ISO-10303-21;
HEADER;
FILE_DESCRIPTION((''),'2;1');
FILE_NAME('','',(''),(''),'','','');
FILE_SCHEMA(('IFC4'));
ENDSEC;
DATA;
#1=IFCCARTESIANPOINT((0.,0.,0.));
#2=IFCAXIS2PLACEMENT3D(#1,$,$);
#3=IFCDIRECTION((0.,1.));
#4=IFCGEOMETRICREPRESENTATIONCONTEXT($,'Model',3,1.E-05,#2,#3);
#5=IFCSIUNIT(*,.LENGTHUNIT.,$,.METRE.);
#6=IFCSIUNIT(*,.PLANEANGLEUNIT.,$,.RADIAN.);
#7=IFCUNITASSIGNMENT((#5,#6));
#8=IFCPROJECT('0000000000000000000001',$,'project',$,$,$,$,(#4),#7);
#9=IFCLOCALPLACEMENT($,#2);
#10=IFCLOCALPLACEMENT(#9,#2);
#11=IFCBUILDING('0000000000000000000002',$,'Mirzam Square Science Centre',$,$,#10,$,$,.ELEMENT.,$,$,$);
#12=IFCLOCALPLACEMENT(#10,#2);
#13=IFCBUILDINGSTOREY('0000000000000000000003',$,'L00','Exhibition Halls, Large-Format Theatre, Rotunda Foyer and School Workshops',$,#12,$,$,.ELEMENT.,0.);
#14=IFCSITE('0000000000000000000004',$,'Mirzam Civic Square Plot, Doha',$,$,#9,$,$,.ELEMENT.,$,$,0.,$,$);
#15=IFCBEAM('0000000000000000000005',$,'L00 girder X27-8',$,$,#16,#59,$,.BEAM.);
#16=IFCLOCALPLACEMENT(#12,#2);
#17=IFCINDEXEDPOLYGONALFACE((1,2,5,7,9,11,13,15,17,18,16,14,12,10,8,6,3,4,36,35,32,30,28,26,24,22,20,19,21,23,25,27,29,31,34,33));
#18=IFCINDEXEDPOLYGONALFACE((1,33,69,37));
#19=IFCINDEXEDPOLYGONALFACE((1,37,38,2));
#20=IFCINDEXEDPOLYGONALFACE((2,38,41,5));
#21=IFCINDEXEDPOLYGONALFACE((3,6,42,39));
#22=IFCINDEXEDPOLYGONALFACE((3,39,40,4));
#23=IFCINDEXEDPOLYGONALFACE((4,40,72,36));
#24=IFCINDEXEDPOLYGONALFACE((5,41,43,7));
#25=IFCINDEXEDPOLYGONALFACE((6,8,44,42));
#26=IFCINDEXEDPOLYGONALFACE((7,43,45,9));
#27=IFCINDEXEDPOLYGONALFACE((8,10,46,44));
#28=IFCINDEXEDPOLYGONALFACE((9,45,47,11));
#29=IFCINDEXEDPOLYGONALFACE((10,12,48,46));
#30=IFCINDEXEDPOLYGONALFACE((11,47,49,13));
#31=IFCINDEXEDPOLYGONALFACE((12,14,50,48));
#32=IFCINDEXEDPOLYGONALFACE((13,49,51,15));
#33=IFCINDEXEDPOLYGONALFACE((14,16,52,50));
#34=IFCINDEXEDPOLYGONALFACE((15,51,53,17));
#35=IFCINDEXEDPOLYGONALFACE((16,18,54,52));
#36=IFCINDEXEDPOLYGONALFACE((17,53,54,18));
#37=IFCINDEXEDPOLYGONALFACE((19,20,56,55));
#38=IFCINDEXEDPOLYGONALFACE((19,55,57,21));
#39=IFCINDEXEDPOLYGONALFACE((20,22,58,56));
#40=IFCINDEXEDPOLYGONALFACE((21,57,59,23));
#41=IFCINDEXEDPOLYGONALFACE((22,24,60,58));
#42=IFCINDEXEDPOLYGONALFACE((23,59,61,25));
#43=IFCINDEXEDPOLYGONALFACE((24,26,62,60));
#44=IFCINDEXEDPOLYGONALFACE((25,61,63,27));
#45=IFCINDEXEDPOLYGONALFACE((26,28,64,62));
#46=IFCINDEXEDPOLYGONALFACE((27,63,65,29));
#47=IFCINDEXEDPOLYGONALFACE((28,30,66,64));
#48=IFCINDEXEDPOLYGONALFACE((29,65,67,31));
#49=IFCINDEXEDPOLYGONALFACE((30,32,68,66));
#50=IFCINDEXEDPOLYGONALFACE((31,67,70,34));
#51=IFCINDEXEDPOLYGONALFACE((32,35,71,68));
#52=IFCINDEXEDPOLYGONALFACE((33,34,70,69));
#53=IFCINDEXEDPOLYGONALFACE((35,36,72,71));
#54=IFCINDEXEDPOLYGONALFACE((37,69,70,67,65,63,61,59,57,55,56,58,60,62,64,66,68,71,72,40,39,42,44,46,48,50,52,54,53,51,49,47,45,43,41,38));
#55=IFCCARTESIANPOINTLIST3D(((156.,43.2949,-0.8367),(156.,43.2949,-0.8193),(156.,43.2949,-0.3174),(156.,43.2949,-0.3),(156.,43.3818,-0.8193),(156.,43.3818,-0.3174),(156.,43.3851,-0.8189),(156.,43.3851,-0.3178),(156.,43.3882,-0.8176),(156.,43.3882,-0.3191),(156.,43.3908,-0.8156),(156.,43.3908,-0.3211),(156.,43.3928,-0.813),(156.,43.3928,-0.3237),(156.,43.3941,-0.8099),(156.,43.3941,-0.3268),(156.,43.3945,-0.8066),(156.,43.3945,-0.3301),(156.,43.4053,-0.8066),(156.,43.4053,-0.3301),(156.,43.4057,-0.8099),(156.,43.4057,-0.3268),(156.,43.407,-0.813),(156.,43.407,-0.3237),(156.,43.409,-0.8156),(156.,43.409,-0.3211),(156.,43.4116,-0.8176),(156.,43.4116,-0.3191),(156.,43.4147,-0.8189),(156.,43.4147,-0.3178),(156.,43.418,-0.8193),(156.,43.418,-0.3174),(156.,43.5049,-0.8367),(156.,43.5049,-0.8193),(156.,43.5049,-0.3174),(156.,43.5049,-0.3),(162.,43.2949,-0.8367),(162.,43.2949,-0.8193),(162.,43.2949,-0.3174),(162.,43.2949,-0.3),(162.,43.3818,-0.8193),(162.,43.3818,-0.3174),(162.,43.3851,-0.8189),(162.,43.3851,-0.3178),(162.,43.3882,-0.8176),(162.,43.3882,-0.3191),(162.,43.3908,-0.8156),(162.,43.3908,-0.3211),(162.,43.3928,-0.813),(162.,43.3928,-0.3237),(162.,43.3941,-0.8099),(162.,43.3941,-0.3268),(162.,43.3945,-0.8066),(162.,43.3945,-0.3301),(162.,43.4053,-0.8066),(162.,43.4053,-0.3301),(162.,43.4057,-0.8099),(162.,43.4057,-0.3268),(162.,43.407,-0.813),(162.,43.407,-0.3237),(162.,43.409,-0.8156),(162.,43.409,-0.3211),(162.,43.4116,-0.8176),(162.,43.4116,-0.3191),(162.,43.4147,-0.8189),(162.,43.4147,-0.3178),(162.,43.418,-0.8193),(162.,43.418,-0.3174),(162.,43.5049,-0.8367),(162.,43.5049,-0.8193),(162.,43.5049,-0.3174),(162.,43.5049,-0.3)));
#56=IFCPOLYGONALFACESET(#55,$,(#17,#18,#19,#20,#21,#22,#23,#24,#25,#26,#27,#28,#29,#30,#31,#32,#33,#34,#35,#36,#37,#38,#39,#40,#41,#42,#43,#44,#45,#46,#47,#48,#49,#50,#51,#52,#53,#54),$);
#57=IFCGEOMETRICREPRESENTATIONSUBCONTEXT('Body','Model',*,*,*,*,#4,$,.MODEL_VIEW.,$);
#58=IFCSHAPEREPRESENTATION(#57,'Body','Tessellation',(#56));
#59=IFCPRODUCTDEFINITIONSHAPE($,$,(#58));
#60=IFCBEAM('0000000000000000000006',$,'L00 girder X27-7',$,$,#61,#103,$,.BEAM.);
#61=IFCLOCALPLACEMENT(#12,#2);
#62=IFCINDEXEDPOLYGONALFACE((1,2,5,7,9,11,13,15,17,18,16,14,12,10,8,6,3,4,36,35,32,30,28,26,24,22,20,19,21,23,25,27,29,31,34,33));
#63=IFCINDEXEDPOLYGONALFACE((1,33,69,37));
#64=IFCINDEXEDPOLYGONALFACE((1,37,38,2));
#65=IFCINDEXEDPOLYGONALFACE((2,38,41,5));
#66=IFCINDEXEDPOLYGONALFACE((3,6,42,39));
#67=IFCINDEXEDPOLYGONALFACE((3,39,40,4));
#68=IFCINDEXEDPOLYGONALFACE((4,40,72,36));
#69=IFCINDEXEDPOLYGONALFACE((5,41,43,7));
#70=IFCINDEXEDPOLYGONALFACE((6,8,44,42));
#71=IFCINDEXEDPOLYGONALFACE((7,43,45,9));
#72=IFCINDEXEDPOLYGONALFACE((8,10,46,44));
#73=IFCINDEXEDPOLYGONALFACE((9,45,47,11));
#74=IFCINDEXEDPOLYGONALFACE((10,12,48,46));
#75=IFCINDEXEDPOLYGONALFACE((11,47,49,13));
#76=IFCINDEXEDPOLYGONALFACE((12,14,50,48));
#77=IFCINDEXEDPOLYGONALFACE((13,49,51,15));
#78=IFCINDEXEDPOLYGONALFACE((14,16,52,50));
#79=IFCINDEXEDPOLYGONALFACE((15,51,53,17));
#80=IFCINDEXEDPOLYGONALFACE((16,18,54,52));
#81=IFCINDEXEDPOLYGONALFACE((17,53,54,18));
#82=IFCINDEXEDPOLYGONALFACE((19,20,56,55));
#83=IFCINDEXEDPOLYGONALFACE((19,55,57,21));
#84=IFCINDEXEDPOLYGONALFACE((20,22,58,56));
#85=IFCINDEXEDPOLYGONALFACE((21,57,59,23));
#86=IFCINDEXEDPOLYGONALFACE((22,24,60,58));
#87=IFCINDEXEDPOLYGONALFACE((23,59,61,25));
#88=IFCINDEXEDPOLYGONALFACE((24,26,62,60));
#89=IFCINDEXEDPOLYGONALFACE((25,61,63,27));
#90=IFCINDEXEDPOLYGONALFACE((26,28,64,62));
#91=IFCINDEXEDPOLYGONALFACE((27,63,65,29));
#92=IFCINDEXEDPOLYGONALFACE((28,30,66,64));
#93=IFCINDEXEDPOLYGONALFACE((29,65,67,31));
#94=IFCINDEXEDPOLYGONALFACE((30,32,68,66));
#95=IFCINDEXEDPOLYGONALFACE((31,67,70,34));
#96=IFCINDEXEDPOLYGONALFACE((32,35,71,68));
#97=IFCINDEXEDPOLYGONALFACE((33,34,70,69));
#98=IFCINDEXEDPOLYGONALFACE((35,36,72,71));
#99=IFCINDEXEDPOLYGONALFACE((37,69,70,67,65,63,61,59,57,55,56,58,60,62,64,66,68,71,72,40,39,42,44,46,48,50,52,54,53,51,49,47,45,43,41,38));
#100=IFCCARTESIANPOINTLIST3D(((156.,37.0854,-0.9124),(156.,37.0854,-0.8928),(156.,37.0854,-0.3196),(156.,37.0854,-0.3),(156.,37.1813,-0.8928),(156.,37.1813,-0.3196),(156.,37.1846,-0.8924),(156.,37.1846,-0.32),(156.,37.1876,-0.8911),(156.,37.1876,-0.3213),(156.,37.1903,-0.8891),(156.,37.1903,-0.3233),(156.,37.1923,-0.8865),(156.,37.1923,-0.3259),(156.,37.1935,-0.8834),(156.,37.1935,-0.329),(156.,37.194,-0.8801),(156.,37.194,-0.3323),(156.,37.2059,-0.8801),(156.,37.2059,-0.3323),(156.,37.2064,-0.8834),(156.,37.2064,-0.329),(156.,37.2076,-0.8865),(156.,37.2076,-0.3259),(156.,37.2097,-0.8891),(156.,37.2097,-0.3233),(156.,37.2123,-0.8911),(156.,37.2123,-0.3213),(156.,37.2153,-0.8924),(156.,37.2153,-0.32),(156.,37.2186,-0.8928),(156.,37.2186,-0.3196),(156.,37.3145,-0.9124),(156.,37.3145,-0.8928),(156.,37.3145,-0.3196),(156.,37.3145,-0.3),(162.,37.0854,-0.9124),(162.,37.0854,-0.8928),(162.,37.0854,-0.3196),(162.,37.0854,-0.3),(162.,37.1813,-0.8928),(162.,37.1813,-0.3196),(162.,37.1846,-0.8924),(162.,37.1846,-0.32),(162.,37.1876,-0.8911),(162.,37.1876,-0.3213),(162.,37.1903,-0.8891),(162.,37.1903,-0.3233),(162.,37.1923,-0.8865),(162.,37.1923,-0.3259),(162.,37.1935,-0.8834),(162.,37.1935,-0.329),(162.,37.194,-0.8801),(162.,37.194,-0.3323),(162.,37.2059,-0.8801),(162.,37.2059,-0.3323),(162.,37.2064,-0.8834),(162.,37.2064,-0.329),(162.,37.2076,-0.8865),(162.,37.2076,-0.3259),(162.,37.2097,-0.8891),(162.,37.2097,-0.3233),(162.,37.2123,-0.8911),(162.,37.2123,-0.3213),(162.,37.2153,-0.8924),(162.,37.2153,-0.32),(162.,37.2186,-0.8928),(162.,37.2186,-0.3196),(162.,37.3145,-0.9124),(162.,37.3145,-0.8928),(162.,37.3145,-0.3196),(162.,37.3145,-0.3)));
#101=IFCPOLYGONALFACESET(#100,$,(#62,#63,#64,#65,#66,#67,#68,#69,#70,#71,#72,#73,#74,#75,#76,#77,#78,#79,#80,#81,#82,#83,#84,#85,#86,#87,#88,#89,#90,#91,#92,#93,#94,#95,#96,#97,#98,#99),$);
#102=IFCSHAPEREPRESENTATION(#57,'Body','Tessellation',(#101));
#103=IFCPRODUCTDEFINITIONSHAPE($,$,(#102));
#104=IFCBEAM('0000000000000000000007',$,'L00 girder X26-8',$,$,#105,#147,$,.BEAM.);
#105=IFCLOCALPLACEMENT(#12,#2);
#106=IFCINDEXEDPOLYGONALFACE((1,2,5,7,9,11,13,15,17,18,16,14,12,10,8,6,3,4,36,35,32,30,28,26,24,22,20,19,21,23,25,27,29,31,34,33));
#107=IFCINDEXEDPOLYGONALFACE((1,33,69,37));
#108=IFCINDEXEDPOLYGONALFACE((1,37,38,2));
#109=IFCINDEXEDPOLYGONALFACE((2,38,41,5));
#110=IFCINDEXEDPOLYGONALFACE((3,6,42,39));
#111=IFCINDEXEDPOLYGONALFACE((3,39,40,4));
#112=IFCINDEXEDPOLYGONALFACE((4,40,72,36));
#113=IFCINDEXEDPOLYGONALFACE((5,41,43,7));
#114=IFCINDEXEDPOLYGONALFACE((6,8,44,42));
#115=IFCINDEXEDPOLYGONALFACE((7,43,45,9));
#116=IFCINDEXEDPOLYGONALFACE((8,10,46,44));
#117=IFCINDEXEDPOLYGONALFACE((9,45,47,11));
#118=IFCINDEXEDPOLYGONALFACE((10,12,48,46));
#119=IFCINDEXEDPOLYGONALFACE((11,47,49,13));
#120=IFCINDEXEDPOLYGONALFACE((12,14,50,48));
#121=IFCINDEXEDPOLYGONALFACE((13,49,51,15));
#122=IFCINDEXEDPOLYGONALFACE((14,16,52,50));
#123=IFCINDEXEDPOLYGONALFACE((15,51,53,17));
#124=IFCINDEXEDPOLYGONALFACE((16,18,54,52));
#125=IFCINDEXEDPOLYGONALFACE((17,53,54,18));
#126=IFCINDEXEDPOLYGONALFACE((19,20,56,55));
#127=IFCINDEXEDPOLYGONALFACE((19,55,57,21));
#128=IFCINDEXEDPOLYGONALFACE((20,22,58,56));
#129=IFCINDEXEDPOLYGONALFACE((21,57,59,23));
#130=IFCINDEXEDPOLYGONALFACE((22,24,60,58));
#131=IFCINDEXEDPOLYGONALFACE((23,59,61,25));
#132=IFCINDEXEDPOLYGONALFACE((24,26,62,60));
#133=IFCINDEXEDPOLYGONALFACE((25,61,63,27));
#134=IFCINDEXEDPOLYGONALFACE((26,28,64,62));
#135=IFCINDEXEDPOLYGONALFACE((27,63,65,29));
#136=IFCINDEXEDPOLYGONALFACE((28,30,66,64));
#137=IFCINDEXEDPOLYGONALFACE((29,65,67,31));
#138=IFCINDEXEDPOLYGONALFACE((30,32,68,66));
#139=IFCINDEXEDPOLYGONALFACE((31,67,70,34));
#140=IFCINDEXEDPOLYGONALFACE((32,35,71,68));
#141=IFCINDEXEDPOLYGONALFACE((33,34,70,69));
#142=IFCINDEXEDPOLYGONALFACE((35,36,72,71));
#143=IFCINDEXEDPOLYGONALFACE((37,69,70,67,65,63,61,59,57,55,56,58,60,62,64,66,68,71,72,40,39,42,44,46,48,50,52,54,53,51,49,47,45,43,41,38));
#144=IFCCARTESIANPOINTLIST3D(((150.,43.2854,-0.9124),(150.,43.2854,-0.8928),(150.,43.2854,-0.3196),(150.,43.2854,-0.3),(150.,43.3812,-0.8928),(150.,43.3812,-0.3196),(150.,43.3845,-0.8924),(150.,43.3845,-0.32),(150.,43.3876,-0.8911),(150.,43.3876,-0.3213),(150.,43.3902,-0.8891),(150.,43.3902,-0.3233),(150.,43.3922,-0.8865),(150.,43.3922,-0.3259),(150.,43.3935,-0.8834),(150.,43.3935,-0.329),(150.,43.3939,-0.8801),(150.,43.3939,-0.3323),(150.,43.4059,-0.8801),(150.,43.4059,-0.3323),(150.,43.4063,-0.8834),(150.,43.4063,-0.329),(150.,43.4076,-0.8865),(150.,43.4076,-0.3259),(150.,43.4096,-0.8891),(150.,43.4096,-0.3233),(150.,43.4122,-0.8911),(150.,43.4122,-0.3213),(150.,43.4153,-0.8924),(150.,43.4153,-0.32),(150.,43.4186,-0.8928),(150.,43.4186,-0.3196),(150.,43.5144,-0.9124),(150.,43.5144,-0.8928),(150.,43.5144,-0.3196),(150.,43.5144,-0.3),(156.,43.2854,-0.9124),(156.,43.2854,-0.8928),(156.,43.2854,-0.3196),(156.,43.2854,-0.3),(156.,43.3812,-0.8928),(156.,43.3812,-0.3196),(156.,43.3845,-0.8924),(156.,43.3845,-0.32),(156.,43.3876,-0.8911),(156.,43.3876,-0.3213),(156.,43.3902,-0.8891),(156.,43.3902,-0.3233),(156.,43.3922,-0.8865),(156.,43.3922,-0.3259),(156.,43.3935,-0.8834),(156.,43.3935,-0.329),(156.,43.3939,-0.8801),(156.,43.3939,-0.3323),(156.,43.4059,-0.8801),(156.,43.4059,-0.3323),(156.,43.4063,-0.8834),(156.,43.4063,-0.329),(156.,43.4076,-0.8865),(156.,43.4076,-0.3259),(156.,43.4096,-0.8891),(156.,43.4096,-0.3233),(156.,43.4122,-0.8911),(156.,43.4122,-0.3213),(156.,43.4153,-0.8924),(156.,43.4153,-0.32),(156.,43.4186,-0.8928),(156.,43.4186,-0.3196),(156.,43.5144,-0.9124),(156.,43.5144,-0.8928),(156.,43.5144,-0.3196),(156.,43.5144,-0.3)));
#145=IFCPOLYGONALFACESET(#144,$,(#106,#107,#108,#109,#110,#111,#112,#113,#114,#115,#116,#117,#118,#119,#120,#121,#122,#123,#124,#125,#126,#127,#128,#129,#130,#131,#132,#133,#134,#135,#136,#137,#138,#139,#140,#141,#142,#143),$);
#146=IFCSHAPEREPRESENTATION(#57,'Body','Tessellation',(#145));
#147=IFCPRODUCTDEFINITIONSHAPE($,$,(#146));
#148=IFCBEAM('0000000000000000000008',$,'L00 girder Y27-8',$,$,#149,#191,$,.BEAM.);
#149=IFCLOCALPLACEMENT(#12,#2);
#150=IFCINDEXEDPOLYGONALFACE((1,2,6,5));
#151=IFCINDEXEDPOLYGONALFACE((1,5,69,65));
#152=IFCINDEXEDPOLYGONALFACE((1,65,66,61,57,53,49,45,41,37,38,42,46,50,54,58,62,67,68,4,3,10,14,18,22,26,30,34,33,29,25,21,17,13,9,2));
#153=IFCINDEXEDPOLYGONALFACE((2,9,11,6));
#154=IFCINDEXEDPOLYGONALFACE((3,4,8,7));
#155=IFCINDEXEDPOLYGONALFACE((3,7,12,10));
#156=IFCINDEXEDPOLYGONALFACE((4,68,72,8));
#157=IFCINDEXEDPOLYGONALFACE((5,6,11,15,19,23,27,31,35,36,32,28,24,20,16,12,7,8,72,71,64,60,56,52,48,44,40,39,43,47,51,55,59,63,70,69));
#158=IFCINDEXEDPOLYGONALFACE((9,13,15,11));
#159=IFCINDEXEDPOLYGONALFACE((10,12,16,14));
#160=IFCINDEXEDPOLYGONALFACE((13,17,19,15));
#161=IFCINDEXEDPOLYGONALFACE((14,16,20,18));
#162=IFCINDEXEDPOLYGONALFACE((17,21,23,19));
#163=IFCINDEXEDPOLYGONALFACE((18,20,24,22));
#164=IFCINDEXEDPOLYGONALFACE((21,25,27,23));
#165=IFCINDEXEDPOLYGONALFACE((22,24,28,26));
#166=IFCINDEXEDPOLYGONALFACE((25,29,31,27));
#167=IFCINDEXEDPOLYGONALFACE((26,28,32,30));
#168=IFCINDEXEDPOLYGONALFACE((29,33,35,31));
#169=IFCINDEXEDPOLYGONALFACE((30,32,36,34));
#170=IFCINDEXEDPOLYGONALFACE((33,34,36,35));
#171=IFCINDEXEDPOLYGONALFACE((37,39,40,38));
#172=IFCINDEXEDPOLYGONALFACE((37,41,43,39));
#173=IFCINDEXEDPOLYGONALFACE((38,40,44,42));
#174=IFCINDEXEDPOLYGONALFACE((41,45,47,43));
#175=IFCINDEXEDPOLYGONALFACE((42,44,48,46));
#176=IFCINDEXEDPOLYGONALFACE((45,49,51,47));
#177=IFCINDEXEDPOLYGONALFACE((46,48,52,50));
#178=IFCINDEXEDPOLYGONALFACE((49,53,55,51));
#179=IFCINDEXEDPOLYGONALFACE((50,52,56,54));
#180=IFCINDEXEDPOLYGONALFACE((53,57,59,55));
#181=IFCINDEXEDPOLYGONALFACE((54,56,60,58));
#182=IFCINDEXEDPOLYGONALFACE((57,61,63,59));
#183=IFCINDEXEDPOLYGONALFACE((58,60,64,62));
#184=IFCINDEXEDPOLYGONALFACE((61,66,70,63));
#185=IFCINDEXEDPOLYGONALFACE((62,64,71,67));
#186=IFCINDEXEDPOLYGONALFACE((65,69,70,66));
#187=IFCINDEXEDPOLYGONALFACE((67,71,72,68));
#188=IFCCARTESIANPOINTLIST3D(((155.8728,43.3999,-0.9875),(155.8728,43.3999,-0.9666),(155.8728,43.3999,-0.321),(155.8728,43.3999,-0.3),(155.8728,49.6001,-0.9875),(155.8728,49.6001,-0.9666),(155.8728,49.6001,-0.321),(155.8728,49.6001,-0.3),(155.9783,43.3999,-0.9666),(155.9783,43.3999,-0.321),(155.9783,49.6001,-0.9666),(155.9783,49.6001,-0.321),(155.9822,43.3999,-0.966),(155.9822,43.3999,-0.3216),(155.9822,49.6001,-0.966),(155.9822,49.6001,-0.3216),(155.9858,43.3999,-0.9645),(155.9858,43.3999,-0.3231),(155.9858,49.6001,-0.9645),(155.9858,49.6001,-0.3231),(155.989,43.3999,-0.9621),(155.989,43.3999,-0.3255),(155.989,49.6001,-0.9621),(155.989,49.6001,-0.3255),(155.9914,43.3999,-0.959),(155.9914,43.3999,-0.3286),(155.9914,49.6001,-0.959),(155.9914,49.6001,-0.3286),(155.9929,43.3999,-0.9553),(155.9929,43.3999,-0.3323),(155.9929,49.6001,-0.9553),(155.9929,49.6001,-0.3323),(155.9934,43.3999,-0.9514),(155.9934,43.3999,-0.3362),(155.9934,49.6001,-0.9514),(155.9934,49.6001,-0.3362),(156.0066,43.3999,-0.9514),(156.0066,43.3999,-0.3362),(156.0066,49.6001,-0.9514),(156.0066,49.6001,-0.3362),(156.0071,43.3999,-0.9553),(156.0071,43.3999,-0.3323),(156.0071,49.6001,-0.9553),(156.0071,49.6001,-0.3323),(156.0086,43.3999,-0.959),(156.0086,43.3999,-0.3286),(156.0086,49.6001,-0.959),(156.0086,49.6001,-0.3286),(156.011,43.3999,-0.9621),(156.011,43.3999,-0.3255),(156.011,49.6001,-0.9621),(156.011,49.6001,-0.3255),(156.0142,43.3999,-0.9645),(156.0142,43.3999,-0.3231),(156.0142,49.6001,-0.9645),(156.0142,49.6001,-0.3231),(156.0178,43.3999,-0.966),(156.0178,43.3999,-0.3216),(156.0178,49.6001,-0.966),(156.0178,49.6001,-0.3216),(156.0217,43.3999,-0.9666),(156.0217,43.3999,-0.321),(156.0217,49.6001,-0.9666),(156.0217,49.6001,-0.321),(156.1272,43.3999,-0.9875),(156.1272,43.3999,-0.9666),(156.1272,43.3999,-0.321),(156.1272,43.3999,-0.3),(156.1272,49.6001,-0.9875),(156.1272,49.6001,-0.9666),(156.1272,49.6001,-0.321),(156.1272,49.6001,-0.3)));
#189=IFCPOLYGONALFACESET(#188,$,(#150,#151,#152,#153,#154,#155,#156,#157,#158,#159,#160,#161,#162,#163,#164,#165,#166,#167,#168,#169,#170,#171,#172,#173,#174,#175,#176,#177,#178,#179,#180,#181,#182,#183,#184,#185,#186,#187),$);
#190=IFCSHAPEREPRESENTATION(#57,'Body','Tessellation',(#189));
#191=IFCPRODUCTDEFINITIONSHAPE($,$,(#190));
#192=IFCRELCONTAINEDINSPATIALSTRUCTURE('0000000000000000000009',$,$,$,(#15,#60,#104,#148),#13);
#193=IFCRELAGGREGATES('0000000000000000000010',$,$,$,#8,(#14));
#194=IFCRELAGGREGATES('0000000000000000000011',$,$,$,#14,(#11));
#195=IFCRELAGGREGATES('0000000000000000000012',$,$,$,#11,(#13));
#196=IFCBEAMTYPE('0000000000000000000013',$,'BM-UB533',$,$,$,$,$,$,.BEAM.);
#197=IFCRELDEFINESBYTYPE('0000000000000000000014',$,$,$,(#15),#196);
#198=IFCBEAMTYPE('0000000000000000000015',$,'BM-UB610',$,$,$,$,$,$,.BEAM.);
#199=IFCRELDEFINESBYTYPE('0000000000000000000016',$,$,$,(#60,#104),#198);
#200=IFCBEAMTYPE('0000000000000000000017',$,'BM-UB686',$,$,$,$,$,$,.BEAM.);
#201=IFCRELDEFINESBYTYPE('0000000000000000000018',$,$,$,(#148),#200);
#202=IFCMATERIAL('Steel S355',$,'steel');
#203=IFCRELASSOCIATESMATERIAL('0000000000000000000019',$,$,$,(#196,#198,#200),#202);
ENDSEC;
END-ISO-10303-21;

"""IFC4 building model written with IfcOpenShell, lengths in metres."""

from ifc_helpers import new_model, si_unit, direction, frame, origin, origin_2d, place, context, subcontext, project, spatial, i_section, extrude, material, material_profile, profile_set, type_object, element, save


model = new_model("IFC4")

# Units and contexts
model_context = context("Model", 3, precision=1e-05, world=origin(), true_north=direction((0.0, 1.0)))
body_context = subcontext(model_context, "Body", "Model", "MODEL_VIEW")
ifc_project = project(units=[si_unit("LENGTHUNIT", "METRE"), si_unit("PLANEANGLEUNIT", "RADIAN")], contexts=[model_context])

# Site, building, storey
site_placement = place(None, origin())
site = spatial("IfcSite", under=ifc_project, at=site_placement, Name="Mirzam Civic Square Plot, Doha", CompositionType="ELEMENT", RefElevation=0.0)
building_placement = place(site_placement, origin())
building = spatial("IfcBuilding", under=site, at=building_placement, Name="Mirzam Square Science Centre", CompositionType="ELEMENT")
storey_placement = place(building_placement, origin())
storey = spatial("IfcBuildingStorey", under=building, at=storey_placement, Name="L00", Description="Exhibition Halls, Large-Format Theatre, Rotunda Foyer and School Workshops", CompositionType="ELEMENT", Elevation=0.0)

# Shared definitions
ifc_material_1 = material(Name="Steel S355", Category="steel")

# Beams
ifc_material_profile_1 = material_profile(ifc_material_1, i_section(OverallWidth=0.21, OverallDepth=0.5366, WebThickness=0.0107, FlangeThickness=0.0173, FilletRadius=0.0127, at=origin_2d()), Name="533x210x101UB")
ifc_profile_set_1 = profile_set([ifc_material_profile_1], Name="Steel S355")
beam_type_1 = type_object("IfcBeamType", Name="BM-UB533", PredefinedType="BEAM", material=ifc_profile_set_1)
beam_1_placement = place(storey_placement, frame((156.0, 43.3999, -0.5684), z_axis=(1.0, 0.0, 0.0), x_axis=(0.0, 1.0, 0.0)))
element("IfcBeam", 1, at=beam_1_placement, inside=storey, type_object=beam_type_1, Name="L00 girder X27-8", PredefinedType="BEAM", context=body_context, shape_type="SweptSolid", body=[
    extrude(i_section(OverallWidth=0.21, OverallDepth=0.5366, WebThickness=0.0107, FlangeThickness=0.0173, FilletRadius=0.0127, at=origin_2d()), origin(), (0.0, 0.0, 1.0), 6.0),
])
ifc_material_profile_2 = material_profile(ifc_material_1, i_section(OverallWidth=0.229, OverallDepth=0.6123, WebThickness=0.012, FlangeThickness=0.0195, FilletRadius=0.0127, at=origin_2d()), Name="610x229x125UB")
ifc_profile_set_2 = profile_set([ifc_material_profile_2], Name="Steel S355")
beam_type_2 = type_object("IfcBeamType", Name="BM-UB610", PredefinedType="BEAM", material=ifc_profile_set_2)
for number, where, z_axis, x_axis, name in (
    (2, (156.0, 37.2, -0.6062), (1.0, 0.0, 0.0), (0.0, 1.0, 0.0), "L00 girder X27-7"),
    (3, (150.0, 43.3999, -0.6062), (1.0, 0.0, 0.0), (0.0, 1.0, 0.0), "L00 girder X26-8"),
):
    element("IfcBeam", number, at=place(storey_placement, frame(where, z_axis=z_axis, x_axis=x_axis)), inside=storey, type_object=beam_type_2, Name=name, PredefinedType="BEAM", context=body_context, shape_type="SweptSolid", body=[
        extrude(i_section(OverallWidth=0.229, OverallDepth=0.6123, WebThickness=0.012, FlangeThickness=0.0195, FilletRadius=0.0127, at=origin_2d()), origin(), (0.0, 0.0, 1.0), 6.0),
    ])
ifc_material_profile_3 = material_profile(ifc_material_1, i_section(OverallWidth=0.2544, OverallDepth=0.6875, WebThickness=0.0132, FlangeThickness=0.021, FilletRadius=0.0151, at=origin_2d()), Name="686x254x152UB")
ifc_profile_set_3 = profile_set([ifc_material_profile_3], Name="Steel S355")
beam_type_3 = type_object("IfcBeamType", Name="BM-UB686", PredefinedType="BEAM", material=ifc_profile_set_3)
beam_2_placement = place(storey_placement, frame((156.0, 43.3999, -0.6438), z_axis=(0.0, 1.0, 0.0), x_axis=(-1.0, 0.0, 0.0)))
element("IfcBeam", 4, at=beam_2_placement, inside=storey, type_object=beam_type_3, Name="L00 girder Y27-8", PredefinedType="BEAM", context=body_context, shape_type="SweptSolid", body=[
    extrude(i_section(OverallWidth=0.2544, OverallDepth=0.6875, WebThickness=0.0132, FlangeThickness=0.021, FilletRadius=0.0151, at=origin_2d()), origin(), (0.0, 0.0, 1.0), 6.2002),
])

save(model, "model.ifc")
